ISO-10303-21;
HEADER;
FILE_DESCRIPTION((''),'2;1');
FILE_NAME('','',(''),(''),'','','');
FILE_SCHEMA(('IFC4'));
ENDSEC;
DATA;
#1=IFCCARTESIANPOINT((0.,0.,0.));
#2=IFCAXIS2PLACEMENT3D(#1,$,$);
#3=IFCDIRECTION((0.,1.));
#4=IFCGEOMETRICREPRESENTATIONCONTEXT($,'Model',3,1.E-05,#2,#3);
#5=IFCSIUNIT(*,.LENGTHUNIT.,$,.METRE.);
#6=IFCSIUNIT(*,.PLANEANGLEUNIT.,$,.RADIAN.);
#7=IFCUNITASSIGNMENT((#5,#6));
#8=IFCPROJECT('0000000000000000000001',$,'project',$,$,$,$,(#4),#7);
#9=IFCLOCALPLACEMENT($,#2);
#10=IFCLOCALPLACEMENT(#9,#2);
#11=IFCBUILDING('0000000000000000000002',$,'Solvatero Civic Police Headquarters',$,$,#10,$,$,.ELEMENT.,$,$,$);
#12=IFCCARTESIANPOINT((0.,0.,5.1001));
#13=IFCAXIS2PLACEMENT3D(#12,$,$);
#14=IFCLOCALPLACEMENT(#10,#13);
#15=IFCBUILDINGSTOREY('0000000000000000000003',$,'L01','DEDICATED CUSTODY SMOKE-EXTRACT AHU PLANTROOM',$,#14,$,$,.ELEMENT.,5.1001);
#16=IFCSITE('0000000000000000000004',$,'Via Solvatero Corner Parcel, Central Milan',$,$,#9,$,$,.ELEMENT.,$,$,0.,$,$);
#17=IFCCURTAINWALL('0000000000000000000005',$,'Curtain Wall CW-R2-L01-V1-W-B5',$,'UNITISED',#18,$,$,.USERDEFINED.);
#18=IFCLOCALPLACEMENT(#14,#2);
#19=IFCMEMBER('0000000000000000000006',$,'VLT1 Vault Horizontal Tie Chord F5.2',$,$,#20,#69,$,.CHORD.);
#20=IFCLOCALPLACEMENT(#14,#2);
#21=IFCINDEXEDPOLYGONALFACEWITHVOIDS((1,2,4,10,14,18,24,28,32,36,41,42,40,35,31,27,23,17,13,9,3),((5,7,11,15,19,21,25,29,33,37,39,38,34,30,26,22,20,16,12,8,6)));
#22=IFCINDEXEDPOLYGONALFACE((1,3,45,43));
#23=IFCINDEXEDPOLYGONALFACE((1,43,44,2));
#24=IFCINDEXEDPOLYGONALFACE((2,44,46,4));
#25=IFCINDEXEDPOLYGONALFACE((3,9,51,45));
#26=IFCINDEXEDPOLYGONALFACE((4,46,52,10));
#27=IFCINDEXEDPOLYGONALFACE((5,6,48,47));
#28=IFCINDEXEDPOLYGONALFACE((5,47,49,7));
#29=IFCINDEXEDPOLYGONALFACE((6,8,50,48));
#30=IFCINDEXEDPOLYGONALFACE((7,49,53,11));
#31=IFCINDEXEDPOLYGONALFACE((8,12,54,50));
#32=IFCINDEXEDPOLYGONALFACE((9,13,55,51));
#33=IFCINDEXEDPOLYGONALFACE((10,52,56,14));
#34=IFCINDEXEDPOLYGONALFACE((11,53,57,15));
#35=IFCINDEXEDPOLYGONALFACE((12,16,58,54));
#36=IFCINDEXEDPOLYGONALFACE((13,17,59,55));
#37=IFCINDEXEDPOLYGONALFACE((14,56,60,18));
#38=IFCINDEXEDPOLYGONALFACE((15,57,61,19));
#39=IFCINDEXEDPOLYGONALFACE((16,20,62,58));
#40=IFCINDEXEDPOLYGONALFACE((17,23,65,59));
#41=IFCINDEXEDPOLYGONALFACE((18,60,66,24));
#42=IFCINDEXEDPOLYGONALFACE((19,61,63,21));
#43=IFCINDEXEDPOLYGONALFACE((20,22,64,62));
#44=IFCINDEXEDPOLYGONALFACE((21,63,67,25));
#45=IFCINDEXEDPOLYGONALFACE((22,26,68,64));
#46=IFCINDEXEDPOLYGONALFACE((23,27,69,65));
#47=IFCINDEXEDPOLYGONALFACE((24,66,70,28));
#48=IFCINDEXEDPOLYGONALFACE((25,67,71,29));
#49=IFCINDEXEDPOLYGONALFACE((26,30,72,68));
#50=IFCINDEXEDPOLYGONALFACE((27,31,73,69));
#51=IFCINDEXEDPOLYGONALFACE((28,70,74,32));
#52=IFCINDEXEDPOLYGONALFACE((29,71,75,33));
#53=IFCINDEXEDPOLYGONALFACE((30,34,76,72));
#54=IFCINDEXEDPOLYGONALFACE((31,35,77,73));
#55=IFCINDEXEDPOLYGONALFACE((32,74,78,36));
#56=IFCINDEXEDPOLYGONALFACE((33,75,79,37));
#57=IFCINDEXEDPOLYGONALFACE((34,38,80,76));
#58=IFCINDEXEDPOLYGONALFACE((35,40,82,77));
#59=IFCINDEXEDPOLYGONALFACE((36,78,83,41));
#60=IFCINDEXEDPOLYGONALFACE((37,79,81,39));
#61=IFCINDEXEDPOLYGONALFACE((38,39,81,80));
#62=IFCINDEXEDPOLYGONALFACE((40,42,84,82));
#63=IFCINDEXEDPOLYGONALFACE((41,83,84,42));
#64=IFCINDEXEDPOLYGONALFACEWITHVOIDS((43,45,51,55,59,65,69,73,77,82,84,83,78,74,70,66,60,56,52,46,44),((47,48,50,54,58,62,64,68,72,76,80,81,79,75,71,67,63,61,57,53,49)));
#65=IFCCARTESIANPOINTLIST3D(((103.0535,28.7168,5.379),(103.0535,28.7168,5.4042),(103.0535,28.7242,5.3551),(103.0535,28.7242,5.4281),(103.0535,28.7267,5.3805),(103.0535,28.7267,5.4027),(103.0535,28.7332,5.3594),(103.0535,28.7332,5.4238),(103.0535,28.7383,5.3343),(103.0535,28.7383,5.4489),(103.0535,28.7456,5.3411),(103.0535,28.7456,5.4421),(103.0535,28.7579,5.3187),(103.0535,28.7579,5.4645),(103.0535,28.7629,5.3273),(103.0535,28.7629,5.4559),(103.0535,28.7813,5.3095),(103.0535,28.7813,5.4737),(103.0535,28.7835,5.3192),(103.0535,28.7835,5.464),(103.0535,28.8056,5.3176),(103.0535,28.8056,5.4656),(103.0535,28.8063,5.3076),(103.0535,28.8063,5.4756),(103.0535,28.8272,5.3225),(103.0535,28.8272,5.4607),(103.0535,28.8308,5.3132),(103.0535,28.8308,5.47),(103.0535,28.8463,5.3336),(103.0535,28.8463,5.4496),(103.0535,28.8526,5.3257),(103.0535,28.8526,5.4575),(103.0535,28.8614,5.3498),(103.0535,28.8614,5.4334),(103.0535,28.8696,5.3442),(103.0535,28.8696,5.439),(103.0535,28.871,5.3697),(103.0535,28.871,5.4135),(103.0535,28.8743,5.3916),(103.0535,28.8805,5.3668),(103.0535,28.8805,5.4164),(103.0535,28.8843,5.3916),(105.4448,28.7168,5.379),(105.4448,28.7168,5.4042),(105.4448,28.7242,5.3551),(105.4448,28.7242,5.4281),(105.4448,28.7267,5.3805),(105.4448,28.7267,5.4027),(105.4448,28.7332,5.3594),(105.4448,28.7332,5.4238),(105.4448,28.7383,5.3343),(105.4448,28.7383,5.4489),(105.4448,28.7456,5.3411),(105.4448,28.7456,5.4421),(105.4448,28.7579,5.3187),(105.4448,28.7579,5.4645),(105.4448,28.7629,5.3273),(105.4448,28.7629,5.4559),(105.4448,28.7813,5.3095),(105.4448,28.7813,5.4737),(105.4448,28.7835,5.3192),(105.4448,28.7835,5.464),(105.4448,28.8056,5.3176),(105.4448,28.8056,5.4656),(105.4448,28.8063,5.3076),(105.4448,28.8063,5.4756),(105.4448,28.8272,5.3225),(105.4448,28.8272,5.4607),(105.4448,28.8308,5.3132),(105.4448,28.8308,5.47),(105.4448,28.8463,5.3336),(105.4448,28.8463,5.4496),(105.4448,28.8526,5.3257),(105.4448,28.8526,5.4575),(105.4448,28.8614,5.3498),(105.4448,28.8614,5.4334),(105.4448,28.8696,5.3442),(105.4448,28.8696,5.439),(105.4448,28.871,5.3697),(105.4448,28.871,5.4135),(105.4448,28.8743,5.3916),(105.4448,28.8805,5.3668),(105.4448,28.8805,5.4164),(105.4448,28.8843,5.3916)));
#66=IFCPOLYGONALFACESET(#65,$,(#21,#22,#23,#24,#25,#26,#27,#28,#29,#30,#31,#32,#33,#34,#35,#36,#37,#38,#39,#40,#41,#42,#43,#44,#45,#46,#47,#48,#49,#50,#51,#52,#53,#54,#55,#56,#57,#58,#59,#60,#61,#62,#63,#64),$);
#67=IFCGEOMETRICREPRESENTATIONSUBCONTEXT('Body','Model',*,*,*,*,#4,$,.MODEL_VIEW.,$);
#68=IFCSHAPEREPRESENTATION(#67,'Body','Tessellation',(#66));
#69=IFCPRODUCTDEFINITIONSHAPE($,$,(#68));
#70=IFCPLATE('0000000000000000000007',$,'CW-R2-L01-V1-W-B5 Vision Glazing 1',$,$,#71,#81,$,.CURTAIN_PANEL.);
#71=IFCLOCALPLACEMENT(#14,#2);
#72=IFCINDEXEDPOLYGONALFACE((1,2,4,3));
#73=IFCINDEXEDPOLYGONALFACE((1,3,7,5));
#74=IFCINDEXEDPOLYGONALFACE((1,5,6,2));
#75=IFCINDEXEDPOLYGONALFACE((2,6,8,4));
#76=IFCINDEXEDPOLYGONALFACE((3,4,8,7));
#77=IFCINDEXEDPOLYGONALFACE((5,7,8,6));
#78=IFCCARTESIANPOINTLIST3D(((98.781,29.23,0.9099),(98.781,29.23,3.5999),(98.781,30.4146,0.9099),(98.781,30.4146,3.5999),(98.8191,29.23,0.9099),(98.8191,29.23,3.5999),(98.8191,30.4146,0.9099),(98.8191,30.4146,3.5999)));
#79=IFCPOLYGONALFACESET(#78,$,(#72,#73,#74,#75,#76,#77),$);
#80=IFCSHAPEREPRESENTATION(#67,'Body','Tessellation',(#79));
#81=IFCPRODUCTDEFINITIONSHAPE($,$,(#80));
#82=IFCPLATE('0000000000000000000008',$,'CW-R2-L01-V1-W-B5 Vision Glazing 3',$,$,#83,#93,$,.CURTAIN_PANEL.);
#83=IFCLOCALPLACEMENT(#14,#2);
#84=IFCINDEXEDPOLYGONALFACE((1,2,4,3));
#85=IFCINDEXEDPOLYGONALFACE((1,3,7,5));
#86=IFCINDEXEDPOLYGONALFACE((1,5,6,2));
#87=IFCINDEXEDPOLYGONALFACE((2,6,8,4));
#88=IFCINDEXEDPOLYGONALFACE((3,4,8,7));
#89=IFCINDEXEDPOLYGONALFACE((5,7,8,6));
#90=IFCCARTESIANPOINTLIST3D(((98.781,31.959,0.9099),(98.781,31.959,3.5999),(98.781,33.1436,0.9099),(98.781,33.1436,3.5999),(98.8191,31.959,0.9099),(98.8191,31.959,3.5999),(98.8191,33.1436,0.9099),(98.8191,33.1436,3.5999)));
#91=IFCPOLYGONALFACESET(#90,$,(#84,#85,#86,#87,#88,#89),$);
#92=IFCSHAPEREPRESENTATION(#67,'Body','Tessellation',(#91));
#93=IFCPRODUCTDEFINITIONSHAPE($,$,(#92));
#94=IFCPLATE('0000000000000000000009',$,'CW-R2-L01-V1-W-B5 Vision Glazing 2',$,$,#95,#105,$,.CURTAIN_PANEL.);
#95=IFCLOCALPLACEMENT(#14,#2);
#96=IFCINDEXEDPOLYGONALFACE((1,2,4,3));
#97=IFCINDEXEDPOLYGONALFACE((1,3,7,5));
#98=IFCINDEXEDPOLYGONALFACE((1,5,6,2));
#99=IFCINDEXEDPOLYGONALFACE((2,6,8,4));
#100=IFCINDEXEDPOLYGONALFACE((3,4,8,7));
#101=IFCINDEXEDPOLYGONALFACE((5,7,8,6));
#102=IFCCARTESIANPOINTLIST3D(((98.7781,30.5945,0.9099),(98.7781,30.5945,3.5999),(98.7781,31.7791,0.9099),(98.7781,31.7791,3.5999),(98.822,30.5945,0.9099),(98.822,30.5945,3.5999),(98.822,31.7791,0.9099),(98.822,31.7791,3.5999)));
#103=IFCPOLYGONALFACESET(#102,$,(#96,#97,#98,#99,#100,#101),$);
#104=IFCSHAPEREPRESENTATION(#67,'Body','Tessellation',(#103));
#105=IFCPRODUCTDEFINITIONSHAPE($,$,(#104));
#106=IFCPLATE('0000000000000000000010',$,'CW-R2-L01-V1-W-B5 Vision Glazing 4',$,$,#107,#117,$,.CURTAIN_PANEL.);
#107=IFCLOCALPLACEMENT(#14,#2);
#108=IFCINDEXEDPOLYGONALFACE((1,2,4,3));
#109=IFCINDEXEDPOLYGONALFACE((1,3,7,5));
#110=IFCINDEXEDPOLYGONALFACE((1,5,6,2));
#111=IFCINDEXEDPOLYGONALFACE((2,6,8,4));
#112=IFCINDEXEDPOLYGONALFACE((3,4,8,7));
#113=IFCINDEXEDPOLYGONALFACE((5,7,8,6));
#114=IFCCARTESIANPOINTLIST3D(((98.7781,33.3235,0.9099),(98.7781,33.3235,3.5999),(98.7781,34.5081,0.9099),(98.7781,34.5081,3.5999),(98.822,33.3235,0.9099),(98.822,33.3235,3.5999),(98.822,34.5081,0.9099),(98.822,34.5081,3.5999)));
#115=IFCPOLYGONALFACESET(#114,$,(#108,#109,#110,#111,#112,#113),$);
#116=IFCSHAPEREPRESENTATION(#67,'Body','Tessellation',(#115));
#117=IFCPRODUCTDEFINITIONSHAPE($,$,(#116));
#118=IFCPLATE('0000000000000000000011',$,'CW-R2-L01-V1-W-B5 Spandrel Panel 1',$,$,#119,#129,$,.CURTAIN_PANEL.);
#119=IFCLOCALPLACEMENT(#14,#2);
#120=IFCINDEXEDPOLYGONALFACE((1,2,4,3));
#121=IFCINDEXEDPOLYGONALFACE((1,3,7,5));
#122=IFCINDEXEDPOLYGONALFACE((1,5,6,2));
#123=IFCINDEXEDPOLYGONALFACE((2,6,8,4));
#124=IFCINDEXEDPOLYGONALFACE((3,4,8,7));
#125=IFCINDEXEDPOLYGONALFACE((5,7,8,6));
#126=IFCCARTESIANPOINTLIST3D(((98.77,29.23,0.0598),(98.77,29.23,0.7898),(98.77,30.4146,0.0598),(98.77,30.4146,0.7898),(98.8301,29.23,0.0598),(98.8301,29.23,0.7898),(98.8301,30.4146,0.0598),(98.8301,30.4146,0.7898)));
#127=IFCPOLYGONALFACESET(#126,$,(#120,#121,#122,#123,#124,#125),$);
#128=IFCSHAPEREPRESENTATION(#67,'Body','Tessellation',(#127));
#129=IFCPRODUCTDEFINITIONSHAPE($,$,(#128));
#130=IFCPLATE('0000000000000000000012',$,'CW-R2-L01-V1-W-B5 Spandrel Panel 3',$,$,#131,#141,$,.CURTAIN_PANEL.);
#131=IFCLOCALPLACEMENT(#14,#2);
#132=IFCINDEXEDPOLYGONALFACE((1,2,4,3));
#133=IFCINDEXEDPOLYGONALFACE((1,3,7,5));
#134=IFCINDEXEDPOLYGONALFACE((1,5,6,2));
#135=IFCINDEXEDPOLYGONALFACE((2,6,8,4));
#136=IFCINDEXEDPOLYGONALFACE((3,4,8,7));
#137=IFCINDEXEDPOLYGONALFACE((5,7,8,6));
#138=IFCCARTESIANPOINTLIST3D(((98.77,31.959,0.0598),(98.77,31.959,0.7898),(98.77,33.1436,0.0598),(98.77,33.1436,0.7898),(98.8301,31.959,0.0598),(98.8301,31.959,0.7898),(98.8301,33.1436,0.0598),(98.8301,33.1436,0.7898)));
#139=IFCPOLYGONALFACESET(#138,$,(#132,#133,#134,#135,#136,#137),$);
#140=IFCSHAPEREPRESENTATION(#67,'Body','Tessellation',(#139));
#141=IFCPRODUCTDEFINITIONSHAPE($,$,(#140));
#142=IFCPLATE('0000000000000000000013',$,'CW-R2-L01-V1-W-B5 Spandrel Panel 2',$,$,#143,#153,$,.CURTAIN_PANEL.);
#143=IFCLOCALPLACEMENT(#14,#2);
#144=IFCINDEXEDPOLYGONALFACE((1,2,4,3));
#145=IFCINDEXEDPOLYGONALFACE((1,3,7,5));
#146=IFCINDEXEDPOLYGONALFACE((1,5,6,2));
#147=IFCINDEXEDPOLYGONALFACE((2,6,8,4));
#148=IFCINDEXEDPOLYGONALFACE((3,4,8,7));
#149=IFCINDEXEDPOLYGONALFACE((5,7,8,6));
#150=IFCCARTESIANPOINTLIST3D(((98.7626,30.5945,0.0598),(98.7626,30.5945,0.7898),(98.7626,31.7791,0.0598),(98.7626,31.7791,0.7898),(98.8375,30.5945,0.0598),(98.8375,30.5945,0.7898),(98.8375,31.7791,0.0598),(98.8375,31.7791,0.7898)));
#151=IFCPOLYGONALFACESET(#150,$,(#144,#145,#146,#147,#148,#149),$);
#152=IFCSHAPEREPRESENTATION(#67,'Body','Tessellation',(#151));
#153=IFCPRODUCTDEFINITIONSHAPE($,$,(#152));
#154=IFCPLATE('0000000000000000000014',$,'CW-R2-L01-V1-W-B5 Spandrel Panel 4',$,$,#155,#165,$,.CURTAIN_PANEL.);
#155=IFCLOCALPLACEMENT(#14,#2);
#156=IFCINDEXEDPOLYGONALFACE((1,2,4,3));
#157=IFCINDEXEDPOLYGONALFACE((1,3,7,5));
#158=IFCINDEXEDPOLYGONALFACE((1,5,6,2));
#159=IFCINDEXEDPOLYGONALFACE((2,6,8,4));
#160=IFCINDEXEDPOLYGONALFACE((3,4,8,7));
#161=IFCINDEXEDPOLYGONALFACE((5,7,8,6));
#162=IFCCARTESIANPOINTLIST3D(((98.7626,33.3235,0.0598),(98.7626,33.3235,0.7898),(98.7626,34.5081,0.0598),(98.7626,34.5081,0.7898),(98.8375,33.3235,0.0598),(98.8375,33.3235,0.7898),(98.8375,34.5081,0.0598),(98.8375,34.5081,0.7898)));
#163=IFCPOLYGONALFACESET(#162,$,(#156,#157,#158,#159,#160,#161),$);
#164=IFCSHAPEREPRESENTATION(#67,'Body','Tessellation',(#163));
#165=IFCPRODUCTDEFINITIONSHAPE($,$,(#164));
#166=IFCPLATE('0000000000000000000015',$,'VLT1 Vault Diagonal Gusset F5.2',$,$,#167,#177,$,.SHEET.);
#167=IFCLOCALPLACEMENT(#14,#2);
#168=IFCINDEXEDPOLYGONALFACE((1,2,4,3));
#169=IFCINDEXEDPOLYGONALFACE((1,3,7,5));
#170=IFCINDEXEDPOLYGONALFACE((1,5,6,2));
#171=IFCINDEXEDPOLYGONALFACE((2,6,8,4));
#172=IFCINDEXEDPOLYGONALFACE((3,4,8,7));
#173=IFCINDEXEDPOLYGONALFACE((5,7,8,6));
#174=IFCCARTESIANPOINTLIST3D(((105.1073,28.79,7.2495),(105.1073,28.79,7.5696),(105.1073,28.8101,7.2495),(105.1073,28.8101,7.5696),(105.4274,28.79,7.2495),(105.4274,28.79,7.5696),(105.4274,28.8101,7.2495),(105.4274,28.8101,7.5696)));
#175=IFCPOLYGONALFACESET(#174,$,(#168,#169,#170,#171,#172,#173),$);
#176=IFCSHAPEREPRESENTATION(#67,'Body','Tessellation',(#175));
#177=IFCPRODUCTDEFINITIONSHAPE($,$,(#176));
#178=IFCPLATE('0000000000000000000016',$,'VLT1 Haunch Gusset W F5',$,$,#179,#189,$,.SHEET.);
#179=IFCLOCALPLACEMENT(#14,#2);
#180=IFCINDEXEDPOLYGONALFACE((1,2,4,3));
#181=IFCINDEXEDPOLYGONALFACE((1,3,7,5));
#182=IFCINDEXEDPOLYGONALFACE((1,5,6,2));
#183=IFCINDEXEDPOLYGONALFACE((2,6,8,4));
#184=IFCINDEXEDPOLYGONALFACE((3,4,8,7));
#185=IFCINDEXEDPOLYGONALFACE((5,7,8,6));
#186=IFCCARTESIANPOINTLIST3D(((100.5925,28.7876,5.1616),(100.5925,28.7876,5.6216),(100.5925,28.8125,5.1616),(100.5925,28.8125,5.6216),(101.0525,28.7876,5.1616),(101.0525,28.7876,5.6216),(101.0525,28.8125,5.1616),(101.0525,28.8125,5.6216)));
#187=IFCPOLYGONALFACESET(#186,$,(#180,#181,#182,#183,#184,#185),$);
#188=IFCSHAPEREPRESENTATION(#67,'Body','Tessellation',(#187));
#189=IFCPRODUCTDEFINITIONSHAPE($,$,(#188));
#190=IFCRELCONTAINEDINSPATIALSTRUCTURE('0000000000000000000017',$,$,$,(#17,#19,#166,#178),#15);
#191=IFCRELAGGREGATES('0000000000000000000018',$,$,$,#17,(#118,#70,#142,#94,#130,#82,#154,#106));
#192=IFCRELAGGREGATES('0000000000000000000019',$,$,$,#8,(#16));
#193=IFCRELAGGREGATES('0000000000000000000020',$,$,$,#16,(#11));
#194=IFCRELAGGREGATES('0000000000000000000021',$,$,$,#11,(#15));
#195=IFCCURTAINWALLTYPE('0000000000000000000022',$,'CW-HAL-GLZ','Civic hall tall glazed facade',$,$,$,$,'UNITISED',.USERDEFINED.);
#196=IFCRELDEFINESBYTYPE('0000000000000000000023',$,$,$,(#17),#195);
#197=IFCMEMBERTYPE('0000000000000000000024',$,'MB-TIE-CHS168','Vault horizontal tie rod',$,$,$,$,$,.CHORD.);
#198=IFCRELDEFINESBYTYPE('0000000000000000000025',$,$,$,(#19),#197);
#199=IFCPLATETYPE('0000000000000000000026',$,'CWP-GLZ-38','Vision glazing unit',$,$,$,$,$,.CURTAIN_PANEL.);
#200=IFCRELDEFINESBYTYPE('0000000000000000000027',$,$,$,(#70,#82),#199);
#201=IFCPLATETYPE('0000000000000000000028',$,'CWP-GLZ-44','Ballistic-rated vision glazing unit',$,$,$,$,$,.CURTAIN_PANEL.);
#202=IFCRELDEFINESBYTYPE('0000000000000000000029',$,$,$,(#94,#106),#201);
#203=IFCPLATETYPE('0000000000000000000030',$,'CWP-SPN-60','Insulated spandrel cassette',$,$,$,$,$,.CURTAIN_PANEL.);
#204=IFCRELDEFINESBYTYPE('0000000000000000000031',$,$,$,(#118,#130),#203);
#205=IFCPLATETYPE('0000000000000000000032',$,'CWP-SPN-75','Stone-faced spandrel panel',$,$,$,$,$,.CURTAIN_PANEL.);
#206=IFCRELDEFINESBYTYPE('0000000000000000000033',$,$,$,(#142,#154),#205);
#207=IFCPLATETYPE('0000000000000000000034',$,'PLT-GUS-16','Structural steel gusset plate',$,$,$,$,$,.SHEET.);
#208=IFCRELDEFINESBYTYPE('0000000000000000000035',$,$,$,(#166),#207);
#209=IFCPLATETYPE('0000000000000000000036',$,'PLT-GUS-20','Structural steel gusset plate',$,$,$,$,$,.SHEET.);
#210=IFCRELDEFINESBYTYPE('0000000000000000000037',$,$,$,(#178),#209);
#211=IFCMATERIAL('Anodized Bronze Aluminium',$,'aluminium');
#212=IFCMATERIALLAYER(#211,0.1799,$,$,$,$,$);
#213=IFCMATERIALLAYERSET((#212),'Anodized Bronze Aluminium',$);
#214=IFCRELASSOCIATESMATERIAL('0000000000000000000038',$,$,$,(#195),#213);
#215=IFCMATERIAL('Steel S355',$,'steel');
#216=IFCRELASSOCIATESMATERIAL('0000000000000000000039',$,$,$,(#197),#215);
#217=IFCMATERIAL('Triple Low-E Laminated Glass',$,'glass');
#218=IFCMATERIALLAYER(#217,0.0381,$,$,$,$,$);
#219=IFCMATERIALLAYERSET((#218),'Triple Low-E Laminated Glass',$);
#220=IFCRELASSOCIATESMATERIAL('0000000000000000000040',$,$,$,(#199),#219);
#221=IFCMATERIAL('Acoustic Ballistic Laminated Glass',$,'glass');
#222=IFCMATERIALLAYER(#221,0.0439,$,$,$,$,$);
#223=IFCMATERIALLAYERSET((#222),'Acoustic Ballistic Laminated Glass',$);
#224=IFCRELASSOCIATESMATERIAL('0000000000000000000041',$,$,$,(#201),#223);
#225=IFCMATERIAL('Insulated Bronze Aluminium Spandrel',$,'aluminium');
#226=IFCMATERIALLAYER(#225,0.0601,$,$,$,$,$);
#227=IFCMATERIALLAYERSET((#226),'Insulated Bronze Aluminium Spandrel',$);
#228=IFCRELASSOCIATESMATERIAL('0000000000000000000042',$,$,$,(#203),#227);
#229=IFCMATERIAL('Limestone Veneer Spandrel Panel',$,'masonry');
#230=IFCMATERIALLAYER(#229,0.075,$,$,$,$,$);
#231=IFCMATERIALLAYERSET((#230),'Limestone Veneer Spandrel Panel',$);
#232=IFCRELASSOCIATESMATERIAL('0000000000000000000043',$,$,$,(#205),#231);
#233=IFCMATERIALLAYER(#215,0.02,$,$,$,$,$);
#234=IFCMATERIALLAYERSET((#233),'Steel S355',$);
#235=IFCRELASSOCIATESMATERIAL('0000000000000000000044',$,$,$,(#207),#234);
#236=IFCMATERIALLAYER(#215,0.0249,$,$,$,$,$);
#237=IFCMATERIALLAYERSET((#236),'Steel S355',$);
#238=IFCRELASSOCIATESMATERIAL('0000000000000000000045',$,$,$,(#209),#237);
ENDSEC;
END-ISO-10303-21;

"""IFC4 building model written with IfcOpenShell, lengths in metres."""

from ifc_helpers import new_model, si_unit, direction, frame, origin, origin_2d, place, context, subcontext, project, spatial, rectangle, hollow_circle, extrude, material, layer, layer_set, material_profile, profile_set, type_object, element, aggregate, save


model = new_model("IFC4")

# Units and contexts
model_context = context("Model", 3, precision=1e-05, world=origin(), true_north=direction((0.0, 1.0)))
body_context = subcontext(model_context, "Body", "Model", "MODEL_VIEW")
ifc_project = project(units=[si_unit("LENGTHUNIT", "METRE"), si_unit("PLANEANGLEUNIT", "RADIAN")], contexts=[model_context])

# Site, building, storey
site_placement = place(None, origin())
site = spatial("IfcSite", under=ifc_project, at=site_placement, Name="Via Solvatero Corner Parcel, Central Milan", CompositionType="ELEMENT", RefElevation=0.0)
building_placement = place(site_placement, origin())
building = spatial("IfcBuilding", under=site, at=building_placement, Name="Solvatero Civic Police Headquarters", CompositionType="ELEMENT")
storey_placement = place(building_placement, frame((0.0, 0.0, 5.1001)))
storey = spatial("IfcBuildingStorey", under=building, at=storey_placement, Name="L01", Description="DEDICATED CUSTODY SMOKE-EXTRACT AHU PLANTROOM", CompositionType="ELEMENT", Elevation=5.1001)

# Shared definitions
ifc_material_1 = material(Name="Steel S355", Category="steel")

# Curtain wall
ifc_material_2 = material(Name="Anodized Bronze Aluminium", Category="aluminium")
ifc_layer_1 = layer(ifc_material_2, 0.1799)
ifc_layer_set_1 = layer_set([ifc_layer_1], Name="Anodized Bronze Aluminium")
curtain_wall_type = type_object("IfcCurtainWallType", Name="CW-HAL-GLZ", Description="Civic hall tall glazed facade", ElementType="UNITISED", PredefinedType="USERDEFINED", material=ifc_layer_set_1)
curtain_wall_placement = place(storey_placement, origin())
curtain_wall = element("IfcCurtainWall", 1, at=curtain_wall_placement, inside=storey, type_object=curtain_wall_type, Name="Curtain Wall CW-R2-L01-V1-W-B5", ObjectType="UNITISED", PredefinedType="USERDEFINED")

# Member
ifc_material_profile_1 = material_profile(ifc_material_1, hollow_circle(Radius=0.0842, WallThickness=0.01, at=origin_2d()), Name="CHS 168.3x10.0")
ifc_profile_set_1 = profile_set([ifc_material_profile_1], Name="Steel S355")
member_type_1 = type_object("IfcMemberType", Name="MB-TIE-CHS168", Description="Vault horizontal tie rod", PredefinedType="CHORD", material=ifc_profile_set_1)
member_1_placement = place(storey_placement, frame((103.0535, 28.8, 5.3916), z_axis=(1.0, 0.0, 0.0), x_axis=(0.0, 1.0, 0.0)))
element("IfcMember", 2, at=member_1_placement, inside=storey, type_object=member_type_1, Name="VLT1 Vault Horizontal Tie Chord F5.2", PredefinedType="CHORD", context=body_context, shape_type="SweptSolid", body=[
    extrude(hollow_circle(Radius=0.0842, WallThickness=0.01, at=origin_2d()), origin(), (0.0, 0.0, 1.0), 2.3914),
])

# Plates
ifc_material_3 = material(Name="Triple Low-E Laminated Glass", Category="glass")
ifc_layer_2 = layer(ifc_material_3, 0.0381)
ifc_layer_set_2 = layer_set([ifc_layer_2], Name="Triple Low-E Laminated Glass")
plate_type_1 = type_object("IfcPlateType", Name="CWP-GLZ-38", Description="Vision glazing unit", PredefinedType="CURTAIN_PANEL", material=ifc_layer_set_2)
plate_1_placement = place(storey_placement, frame((98.8, 29.8223, 0.9099), z_axis=(0.0, 0.0, 1.0), x_axis=(0.0, 1.0, 0.0)))
plate_1 = element("IfcPlate", 3, at=plate_1_placement, type_object=plate_type_1, Name="CW-R2-L01-V1-W-B5 Vision Glazing 1", PredefinedType="CURTAIN_PANEL", context=body_context, shape_type="SweptSolid", body=[
    extrude(rectangle(XDim=1.1846, YDim=0.0381, at=origin_2d()), origin(), (0.0, 0.0, 1.0), 2.6899),
])
plate_2_placement = place(storey_placement, frame((98.8, 32.5513, 0.9099), z_axis=(0.0, 0.0, 1.0), x_axis=(0.0, 1.0, 0.0)))
plate_2 = element("IfcPlate", 4, at=plate_2_placement, type_object=plate_type_1, Name="CW-R2-L01-V1-W-B5 Vision Glazing 3", PredefinedType="CURTAIN_PANEL", context=body_context, shape_type="SweptSolid", body=[
    extrude(rectangle(XDim=1.1846, YDim=0.0381, at=origin_2d()), origin(), (0.0, 0.0, 1.0), 2.6899),
])
ifc_material_4 = material(Name="Acoustic Ballistic Laminated Glass", Category="glass")
ifc_layer_3 = layer(ifc_material_4, 0.0439)
ifc_layer_set_3 = layer_set([ifc_layer_3], Name="Acoustic Ballistic Laminated Glass")
plate_type_2 = type_object("IfcPlateType", Name="CWP-GLZ-44", Description="Ballistic-rated vision glazing unit", PredefinedType="CURTAIN_PANEL", material=ifc_layer_set_3)
plate_3_placement = place(storey_placement, frame((98.8, 31.1868, 0.9099), z_axis=(0.0, 0.0, 1.0), x_axis=(0.0, 1.0, 0.0)))
plate_3 = element("IfcPlate", 5, at=plate_3_placement, type_object=plate_type_2, Name="CW-R2-L01-V1-W-B5 Vision Glazing 2", PredefinedType="CURTAIN_PANEL", context=body_context, shape_type="SweptSolid", body=[
    extrude(rectangle(XDim=1.1846, YDim=0.0439, at=origin_2d()), origin(), (0.0, 0.0, 1.0), 2.6899),
])
plate_4_placement = place(storey_placement, frame((98.8, 33.9158, 0.9099), z_axis=(0.0, 0.0, 1.0), x_axis=(0.0, 1.0, 0.0)))
plate_4 = element("IfcPlate", 6, at=plate_4_placement, type_object=plate_type_2, Name="CW-R2-L01-V1-W-B5 Vision Glazing 4", PredefinedType="CURTAIN_PANEL", context=body_context, shape_type="SweptSolid", body=[
    extrude(rectangle(XDim=1.1846, YDim=0.0439, at=origin_2d()), origin(), (0.0, 0.0, 1.0), 2.6899),
])
ifc_material_5 = material(Name="Insulated Bronze Aluminium Spandrel", Category="aluminium")
ifc_layer_4 = layer(ifc_material_5, 0.0601)
ifc_layer_set_4 = layer_set([ifc_layer_4], Name="Insulated Bronze Aluminium Spandrel")
plate_type_3 = type_object("IfcPlateType", Name="CWP-SPN-60", Description="Insulated spandrel cassette", PredefinedType="CURTAIN_PANEL", material=ifc_layer_set_4)
plate_5_placement = place(storey_placement, frame((98.8, 29.8223, 0.0598), z_axis=(0.0, 0.0, 1.0), x_axis=(0.0, 1.0, 0.0)))
plate_5 = element("IfcPlate", 7, at=plate_5_placement, type_object=plate_type_3, Name="CW-R2-L01-V1-W-B5 Spandrel Panel 1", PredefinedType="CURTAIN_PANEL", context=body_context, shape_type="SweptSolid", body=[
    extrude(rectangle(XDim=1.1846, YDim=0.0601, at=origin_2d()), origin(), (0.0, 0.0, 1.0), 0.73),
])
plate_6_placement = place(storey_placement, frame((98.8, 32.5513, 0.0598), z_axis=(0.0, 0.0, 1.0), x_axis=(0.0, 1.0, 0.0)))
plate_6 = element("IfcPlate", 8, at=plate_6_placement, type_object=plate_type_3, Name="CW-R2-L01-V1-W-B5 Spandrel Panel 3", PredefinedType="CURTAIN_PANEL", context=body_context, shape_type="SweptSolid", body=[
    extrude(rectangle(XDim=1.1846, YDim=0.0601, at=origin_2d()), origin(), (0.0, 0.0, 1.0), 0.73),
])
ifc_material_6 = material(Name="Limestone Veneer Spandrel Panel", Category="masonry")
ifc_layer_5 = layer(ifc_material_6, 0.075)
ifc_layer_set_5 = layer_set([ifc_layer_5], Name="Limestone Veneer Spandrel Panel")
plate_type_4 = type_object("IfcPlateType", Name="CWP-SPN-75", Description="Stone-faced spandrel panel", PredefinedType="CURTAIN_PANEL", material=ifc_layer_set_5)
plate_7_placement = place(storey_placement, frame((98.8, 31.1868, 0.0598), z_axis=(0.0, 0.0, 1.0), x_axis=(0.0, 1.0, 0.0)))
plate_7 = element("IfcPlate", 9, at=plate_7_placement, type_object=plate_type_4, Name="CW-R2-L01-V1-W-B5 Spandrel Panel 2", PredefinedType="CURTAIN_PANEL", context=body_context, shape_type="SweptSolid", body=[
    extrude(rectangle(XDim=1.1846, YDim=0.075, at=origin_2d()), origin(), (0.0, 0.0, 1.0), 0.73),
])
plate_8_placement = place(storey_placement, frame((98.8, 33.9158, 0.0598), z_axis=(0.0, 0.0, 1.0), x_axis=(0.0, 1.0, 0.0)))
plate_8 = element("IfcPlate", 10, at=plate_8_placement, type_object=plate_type_4, Name="CW-R2-L01-V1-W-B5 Spandrel Panel 4", PredefinedType="CURTAIN_PANEL", context=body_context, shape_type="SweptSolid", body=[
    extrude(rectangle(XDim=1.1846, YDim=0.075, at=origin_2d()), origin(), (0.0, 0.0, 1.0), 0.73),
])
aggregate(curtain_wall, [plate_5, plate_1, plate_7, plate_3, plate_6, plate_2, plate_8, plate_4])

# Plates
ifc_layer_6 = layer(ifc_material_1, 0.02)
ifc_layer_set_6 = layer_set([ifc_layer_6], Name="Steel S355")
plate_type_5 = type_object("IfcPlateType", Name="PLT-GUS-16", Description="Structural steel gusset plate", PredefinedType="SHEET", material=ifc_layer_set_6)
plate_9_placement = place(storey_placement, frame((105.2673, 28.8, 7.2495), z_axis=(0.0, 0.0, 1.0), x_axis=(1.0, 0.0, 0.0)))
element("IfcPlate", 11, at=plate_9_placement, inside=storey, type_object=plate_type_5, Name="VLT1 Vault Diagonal Gusset F5.2", PredefinedType="SHEET", context=body_context, shape_type="SweptSolid", body=[
    extrude(rectangle(XDim=0.3201, YDim=0.02, at=origin_2d()), origin(), (0.0, 0.0, 1.0), 0.3201),
])
ifc_layer_7 = layer(ifc_material_1, 0.0249)
ifc_layer_set_7 = layer_set([ifc_layer_7], Name="Steel S355")
plate_type_6 = type_object("IfcPlateType", Name="PLT-GUS-20", Description="Structural steel gusset plate", PredefinedType="SHEET", material=ifc_layer_set_7)
plate_10_placement = place(storey_placement, frame((100.8225, 28.8, 5.1616), z_axis=(0.0, 0.0, 1.0), x_axis=(1.0, 0.0, 0.0)))
element("IfcPlate", 12, at=plate_10_placement, inside=storey, type_object=plate_type_6, Name="VLT1 Haunch Gusset W F5", PredefinedType="SHEET", context=body_context, shape_type="SweptSolid", body=[
    extrude(rectangle(XDim=0.46, YDim=0.0249, at=origin_2d()), origin(), (0.0, 0.0, 1.0), 0.46),
])

save(model, "model.ifc")
